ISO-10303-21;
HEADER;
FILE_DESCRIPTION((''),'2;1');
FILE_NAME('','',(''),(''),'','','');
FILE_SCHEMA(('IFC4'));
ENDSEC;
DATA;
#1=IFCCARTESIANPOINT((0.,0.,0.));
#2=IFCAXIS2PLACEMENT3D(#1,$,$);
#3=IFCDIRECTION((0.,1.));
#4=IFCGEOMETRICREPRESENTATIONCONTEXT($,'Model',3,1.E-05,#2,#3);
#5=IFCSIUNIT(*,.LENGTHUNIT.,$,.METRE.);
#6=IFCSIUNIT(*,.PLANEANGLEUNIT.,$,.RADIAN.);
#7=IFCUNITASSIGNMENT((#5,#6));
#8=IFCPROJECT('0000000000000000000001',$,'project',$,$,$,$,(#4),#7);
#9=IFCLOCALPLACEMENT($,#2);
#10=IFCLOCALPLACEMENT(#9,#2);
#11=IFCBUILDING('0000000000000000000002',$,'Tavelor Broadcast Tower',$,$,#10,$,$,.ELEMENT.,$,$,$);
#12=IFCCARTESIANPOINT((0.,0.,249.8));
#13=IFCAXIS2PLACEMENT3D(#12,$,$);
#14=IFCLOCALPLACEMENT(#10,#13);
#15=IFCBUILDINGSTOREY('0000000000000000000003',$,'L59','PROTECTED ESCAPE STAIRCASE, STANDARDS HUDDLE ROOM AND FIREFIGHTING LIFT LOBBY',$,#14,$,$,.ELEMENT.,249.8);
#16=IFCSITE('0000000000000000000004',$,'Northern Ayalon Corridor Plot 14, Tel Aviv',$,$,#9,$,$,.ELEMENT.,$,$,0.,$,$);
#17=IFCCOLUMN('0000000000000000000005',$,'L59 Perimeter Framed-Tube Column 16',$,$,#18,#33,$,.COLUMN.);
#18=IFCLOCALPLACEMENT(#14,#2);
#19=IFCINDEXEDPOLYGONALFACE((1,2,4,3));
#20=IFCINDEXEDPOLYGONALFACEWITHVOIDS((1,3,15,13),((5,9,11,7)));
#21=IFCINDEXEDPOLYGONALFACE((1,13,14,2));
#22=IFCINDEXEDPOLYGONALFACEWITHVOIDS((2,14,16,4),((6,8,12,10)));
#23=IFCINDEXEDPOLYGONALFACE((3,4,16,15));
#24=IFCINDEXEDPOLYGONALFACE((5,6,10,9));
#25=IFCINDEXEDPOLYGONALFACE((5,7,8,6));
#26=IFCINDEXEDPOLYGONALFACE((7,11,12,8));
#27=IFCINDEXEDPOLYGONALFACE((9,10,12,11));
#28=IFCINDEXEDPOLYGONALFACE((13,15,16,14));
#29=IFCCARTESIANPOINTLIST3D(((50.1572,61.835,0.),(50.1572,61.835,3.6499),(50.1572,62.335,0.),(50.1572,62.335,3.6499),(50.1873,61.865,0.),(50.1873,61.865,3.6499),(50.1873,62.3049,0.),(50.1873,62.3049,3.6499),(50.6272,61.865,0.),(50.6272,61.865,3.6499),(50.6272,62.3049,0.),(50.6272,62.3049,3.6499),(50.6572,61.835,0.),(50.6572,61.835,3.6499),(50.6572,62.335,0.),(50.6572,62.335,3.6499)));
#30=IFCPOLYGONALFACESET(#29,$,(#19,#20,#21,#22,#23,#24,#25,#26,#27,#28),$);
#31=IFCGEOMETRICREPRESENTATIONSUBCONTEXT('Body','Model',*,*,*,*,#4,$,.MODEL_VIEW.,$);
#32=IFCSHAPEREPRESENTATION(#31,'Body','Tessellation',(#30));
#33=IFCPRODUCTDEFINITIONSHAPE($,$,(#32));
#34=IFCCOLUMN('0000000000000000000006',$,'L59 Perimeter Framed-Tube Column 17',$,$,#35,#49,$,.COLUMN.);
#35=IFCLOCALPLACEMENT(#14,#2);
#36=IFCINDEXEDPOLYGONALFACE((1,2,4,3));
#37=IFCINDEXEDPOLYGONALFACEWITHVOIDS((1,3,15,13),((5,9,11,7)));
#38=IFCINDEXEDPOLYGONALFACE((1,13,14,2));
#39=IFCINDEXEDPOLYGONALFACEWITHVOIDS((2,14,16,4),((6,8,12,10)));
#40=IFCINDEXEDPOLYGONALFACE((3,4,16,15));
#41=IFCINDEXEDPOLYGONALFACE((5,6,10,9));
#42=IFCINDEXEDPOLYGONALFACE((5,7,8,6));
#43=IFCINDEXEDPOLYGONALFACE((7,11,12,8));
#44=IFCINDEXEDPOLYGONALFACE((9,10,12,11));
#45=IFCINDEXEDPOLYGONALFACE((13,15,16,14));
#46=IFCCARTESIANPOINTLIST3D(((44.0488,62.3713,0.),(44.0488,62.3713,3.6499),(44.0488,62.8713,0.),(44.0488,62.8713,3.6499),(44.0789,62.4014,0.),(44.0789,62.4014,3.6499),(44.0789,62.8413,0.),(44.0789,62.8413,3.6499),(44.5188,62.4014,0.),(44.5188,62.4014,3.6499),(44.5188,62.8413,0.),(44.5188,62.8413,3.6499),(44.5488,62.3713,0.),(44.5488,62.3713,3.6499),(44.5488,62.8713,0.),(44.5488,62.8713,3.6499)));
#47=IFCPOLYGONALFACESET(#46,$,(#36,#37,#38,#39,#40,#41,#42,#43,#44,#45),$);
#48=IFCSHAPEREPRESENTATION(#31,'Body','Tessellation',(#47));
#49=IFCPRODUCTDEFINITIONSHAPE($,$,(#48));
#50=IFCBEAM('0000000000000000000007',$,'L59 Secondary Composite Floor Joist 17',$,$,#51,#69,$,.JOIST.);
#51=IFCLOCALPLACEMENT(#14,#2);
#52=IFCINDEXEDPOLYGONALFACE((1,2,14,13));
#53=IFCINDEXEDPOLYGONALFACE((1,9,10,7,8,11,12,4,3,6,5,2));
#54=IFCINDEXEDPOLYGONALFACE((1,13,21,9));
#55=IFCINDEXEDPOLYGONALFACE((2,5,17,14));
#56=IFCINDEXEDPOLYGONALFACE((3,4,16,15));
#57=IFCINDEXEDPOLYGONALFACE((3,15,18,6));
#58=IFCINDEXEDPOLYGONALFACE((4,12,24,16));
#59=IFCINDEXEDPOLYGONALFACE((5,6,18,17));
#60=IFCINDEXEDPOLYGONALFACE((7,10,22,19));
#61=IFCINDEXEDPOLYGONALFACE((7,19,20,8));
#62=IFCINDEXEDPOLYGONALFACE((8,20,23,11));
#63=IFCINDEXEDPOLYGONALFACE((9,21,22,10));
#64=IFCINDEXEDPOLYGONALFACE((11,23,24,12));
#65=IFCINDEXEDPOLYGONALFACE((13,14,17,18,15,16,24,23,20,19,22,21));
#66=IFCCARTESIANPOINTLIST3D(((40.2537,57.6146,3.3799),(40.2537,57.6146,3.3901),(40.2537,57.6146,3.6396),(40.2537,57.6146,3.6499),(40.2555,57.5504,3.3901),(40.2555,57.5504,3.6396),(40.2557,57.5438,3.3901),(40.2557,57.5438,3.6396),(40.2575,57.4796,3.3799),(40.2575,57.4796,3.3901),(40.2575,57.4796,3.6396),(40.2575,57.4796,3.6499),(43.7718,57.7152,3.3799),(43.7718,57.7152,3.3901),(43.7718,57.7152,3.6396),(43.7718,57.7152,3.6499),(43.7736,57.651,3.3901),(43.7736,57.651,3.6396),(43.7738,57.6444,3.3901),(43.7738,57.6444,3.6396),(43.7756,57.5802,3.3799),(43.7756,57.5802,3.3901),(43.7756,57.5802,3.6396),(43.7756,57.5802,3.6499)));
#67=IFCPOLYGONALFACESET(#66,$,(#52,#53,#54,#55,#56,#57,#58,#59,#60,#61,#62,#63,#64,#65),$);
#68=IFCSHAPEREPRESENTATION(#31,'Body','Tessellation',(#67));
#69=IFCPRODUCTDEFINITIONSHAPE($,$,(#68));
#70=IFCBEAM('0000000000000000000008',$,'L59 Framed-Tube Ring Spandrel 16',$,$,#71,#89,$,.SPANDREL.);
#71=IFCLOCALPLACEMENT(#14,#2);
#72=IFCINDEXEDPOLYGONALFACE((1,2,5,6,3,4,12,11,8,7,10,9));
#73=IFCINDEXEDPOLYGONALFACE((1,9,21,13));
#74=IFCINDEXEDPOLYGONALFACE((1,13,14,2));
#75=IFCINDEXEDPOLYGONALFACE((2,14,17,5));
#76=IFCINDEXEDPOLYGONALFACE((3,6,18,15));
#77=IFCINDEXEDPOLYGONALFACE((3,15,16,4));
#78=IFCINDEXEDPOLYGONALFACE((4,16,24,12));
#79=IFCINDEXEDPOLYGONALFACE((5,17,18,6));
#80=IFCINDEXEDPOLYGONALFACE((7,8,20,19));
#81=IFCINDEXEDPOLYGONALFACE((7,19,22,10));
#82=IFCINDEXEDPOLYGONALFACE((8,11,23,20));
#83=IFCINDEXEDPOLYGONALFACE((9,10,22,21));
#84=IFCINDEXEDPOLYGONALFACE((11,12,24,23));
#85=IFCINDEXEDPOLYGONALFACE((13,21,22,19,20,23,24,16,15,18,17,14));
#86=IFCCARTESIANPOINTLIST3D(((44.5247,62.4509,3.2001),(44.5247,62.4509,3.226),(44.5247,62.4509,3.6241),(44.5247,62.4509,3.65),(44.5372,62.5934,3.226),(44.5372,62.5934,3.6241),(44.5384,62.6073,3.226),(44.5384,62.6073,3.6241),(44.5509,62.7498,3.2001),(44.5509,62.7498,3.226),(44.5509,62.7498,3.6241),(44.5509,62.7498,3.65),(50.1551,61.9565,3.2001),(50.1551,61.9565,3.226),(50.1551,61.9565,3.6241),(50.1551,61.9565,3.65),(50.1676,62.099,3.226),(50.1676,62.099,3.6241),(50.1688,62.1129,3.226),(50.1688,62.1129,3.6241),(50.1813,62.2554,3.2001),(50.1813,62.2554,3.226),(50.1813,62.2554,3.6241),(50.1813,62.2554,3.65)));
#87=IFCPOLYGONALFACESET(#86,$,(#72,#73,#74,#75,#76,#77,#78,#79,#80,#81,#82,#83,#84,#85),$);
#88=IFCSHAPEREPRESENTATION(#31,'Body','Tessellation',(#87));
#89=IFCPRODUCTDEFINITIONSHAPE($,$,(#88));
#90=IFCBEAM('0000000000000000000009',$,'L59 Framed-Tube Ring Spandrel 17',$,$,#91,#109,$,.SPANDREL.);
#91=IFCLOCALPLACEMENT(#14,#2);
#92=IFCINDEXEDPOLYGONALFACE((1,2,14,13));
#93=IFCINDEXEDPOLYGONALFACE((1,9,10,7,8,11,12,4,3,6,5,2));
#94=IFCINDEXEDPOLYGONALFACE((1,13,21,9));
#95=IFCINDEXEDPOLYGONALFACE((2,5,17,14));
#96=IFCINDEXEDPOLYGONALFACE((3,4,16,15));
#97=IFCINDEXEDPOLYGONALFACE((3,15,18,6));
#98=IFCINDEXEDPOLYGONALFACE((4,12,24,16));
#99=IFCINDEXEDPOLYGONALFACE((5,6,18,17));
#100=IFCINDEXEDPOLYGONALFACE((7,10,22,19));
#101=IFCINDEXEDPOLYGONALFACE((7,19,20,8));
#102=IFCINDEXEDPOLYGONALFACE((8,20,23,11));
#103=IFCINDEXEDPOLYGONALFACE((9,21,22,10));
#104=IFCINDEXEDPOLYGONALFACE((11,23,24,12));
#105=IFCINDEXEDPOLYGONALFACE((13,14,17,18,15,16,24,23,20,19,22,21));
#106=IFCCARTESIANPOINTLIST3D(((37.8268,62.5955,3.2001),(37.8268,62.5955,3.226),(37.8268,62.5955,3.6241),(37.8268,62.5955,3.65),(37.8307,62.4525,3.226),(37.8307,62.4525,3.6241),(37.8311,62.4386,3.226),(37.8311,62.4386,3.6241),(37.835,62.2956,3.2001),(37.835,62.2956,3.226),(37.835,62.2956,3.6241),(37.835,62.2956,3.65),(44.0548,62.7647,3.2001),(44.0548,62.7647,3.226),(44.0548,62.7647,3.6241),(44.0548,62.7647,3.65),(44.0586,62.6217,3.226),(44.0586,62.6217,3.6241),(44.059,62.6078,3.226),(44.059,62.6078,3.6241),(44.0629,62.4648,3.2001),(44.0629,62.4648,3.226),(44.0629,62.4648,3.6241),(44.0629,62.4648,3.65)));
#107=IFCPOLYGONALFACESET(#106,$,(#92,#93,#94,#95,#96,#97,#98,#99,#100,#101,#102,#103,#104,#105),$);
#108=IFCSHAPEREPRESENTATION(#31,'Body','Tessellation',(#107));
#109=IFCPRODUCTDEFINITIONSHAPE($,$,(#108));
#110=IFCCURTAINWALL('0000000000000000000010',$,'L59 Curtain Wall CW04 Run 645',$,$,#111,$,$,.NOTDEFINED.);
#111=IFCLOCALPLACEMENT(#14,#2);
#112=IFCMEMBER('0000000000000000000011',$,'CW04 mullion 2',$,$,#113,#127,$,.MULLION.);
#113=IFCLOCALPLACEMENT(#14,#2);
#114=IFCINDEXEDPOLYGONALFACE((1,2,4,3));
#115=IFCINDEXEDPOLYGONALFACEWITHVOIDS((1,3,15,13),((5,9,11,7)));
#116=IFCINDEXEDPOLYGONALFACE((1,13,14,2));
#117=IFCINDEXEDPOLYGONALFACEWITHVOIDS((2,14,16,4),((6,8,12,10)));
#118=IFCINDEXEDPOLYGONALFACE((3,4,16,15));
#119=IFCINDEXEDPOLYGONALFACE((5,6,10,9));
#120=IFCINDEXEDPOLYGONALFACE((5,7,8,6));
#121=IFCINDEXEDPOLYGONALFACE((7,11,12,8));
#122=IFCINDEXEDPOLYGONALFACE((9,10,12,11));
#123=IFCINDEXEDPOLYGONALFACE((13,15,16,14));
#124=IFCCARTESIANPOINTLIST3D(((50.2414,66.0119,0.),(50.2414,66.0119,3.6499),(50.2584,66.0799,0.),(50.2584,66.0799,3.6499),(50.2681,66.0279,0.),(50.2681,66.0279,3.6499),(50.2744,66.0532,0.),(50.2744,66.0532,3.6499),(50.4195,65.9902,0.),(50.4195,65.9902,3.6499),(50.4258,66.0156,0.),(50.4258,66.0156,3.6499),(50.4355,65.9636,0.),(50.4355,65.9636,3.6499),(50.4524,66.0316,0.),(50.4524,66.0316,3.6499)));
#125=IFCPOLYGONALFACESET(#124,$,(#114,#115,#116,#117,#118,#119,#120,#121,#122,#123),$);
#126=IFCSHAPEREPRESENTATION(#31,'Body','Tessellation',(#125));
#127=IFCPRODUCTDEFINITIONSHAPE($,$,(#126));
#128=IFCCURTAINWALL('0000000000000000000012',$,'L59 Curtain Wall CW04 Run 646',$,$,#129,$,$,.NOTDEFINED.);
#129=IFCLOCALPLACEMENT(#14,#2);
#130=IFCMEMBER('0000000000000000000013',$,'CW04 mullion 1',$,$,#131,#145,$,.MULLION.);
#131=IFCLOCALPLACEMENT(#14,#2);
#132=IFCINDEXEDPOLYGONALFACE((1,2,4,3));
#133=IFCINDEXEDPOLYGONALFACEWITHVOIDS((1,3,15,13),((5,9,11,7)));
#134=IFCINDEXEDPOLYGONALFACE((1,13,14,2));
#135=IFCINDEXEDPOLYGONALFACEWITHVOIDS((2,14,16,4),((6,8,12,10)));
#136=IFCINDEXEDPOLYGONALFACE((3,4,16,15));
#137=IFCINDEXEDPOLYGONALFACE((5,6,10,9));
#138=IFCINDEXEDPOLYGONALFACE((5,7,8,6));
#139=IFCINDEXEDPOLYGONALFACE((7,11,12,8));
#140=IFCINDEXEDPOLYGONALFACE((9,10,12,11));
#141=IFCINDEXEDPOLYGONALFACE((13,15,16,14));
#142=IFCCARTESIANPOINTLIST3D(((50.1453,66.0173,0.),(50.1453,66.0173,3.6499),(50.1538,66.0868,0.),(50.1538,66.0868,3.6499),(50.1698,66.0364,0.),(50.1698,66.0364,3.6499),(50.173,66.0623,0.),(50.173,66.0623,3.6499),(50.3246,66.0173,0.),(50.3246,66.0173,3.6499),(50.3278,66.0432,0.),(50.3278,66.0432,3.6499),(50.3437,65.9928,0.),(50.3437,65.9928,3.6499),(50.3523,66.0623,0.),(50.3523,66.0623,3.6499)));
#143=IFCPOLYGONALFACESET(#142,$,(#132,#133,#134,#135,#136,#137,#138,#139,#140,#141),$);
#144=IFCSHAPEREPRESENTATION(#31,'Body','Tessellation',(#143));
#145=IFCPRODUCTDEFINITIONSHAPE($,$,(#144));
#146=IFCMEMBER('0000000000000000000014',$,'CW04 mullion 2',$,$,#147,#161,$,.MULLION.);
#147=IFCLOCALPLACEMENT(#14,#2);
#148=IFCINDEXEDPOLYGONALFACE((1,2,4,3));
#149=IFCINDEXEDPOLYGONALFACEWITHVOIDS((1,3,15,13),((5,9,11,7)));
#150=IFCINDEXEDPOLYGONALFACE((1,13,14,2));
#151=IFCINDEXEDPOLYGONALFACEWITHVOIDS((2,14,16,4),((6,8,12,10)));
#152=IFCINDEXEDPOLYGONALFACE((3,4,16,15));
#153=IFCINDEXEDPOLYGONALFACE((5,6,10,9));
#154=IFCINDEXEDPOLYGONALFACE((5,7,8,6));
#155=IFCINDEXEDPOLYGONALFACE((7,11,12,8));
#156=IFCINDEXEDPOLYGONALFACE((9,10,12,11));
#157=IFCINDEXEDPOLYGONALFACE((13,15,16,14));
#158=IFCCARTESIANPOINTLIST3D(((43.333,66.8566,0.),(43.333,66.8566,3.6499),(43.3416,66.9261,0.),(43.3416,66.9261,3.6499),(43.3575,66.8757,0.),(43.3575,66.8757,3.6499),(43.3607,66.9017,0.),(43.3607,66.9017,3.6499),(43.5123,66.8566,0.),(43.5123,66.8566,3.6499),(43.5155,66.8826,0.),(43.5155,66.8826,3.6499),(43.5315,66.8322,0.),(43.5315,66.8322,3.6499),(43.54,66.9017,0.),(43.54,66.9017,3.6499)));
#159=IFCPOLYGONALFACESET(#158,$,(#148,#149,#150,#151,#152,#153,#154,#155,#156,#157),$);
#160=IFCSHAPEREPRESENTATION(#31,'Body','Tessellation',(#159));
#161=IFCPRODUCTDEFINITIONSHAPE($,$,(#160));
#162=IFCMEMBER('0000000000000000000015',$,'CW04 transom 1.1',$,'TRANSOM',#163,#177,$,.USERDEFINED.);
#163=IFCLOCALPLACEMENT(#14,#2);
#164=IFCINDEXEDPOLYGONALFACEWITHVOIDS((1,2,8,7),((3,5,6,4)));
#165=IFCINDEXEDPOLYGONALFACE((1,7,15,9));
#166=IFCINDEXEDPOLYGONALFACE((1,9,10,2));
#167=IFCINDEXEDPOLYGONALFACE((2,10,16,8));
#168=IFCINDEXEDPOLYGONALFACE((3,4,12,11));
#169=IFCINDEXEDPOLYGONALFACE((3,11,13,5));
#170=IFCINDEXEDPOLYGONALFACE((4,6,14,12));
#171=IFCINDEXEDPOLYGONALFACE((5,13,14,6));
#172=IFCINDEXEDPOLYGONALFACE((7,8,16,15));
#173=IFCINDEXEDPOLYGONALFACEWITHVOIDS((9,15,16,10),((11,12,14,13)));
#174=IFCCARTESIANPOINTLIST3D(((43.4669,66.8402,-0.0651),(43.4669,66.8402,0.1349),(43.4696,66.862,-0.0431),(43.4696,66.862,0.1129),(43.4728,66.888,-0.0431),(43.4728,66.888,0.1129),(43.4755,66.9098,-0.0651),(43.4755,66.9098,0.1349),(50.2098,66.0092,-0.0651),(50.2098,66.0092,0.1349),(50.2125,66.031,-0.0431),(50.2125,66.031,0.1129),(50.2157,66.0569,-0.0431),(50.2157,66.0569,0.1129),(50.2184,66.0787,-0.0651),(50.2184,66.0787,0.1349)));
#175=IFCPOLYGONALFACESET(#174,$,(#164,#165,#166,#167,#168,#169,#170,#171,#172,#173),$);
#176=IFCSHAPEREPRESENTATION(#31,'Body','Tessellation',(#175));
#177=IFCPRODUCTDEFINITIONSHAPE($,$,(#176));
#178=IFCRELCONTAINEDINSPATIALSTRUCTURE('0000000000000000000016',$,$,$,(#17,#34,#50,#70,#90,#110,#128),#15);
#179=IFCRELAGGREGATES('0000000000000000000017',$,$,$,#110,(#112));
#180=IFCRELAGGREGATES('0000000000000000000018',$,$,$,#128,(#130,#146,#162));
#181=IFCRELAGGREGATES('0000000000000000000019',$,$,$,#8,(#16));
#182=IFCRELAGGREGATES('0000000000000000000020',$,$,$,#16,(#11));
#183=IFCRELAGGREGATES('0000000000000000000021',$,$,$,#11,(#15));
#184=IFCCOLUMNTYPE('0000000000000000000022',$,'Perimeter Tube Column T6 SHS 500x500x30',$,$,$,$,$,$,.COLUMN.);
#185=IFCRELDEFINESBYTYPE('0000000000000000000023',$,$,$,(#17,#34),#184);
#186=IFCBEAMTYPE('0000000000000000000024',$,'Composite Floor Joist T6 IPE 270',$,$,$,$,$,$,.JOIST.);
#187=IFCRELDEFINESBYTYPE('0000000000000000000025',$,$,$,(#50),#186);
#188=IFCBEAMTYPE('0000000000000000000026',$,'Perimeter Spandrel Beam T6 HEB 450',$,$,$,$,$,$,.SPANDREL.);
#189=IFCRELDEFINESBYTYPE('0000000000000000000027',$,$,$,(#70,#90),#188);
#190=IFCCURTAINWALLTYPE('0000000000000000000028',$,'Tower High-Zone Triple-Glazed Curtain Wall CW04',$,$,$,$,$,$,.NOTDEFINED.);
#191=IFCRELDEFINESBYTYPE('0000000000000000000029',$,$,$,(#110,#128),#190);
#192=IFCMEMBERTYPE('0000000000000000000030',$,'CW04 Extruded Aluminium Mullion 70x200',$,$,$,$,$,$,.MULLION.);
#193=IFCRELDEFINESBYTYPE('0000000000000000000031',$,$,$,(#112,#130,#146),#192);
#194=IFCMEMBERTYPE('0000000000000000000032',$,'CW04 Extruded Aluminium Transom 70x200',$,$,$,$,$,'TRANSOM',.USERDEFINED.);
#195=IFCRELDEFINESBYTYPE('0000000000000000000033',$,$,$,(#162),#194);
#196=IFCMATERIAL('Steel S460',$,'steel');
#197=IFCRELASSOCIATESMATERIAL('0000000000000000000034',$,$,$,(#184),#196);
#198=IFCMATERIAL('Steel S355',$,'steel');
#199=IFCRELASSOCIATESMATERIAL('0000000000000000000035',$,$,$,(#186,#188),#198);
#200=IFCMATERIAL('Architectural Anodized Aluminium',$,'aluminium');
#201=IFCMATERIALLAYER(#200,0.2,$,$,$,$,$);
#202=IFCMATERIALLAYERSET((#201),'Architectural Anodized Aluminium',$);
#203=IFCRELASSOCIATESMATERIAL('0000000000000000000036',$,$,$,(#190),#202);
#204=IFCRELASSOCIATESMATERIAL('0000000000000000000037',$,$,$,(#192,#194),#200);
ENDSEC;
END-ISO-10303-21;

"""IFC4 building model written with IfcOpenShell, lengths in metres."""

from ifc_helpers import new_model, si_unit, direction, frame, origin, origin_2d, place, context, subcontext, project, spatial, hollow_rectangle, i_section, extrude, source, transform, mapped, material, layer, layer_set, material_profile, profile_set, type_object, type_shapes, element, aggregate, save


model = new_model("IFC4")

# Units and contexts
model_context = context("Model", 3, precision=1e-05, world=origin(), true_north=direction((0.0, 1.0)))
body_context = subcontext(model_context, "Body", "Model", "MODEL_VIEW")
ifc_project = project(units=[si_unit("LENGTHUNIT", "METRE"), si_unit("PLANEANGLEUNIT", "RADIAN")], contexts=[model_context])

# Site, building, storey
site_placement = place(None, origin())
site = spatial("IfcSite", under=ifc_project, at=site_placement, Name="Northern Ayalon Corridor Plot 14, Tel Aviv", CompositionType="ELEMENT", RefElevation=0.0)
building_placement = place(site_placement, origin())
building = spatial("IfcBuilding", under=site, at=building_placement, Name="Tavelor Broadcast Tower", CompositionType="ELEMENT")
storey_placement = place(building_placement, frame((0.0, 0.0, 249.8)))
storey = spatial("IfcBuildingStorey", under=building, at=storey_placement, Name="L59", Description="PROTECTED ESCAPE STAIRCASE, STANDARDS HUDDLE ROOM AND FIREFIGHTING LIFT LOBBY", CompositionType="ELEMENT", Elevation=249.8)

# Columns
ifc_material_1 = material(Name="Steel S460", Category="steel")
ifc_material_profile_1 = material_profile(ifc_material_1, hollow_rectangle(XDim=0.5, YDim=0.5, WallThickness=0.03, at=origin_2d()), Name="SHS 500x500x30")
ifc_profile_set_1 = profile_set([ifc_material_profile_1], Name="Steel S460")
column_type = type_object("IfcColumnType", Name="Perimeter Tube Column T6 SHS 500x500x30", PredefinedType="COLUMN", material=ifc_profile_set_1)
for number, where, z_axis, x_axis, name in (
    (1, (50.4072, 62.085, 0.0), (0.0, 0.0, 1.0), (1.0, 0.0, 0.0), "L59 Perimeter Framed-Tube Column 16"),
    (2, (44.2988, 62.6213, 0.0), (0.0, 0.0, 1.0), (1.0, 0.0, 0.0), "L59 Perimeter Framed-Tube Column 17"),
):
    element("IfcColumn", number, at=place(storey_placement, frame(where, z_axis=z_axis, x_axis=x_axis)), inside=storey, type_object=column_type, Name=name, PredefinedType="COLUMN", context=body_context, shape_type="SweptSolid", body=[
        extrude(hollow_rectangle(XDim=0.5, YDim=0.5, WallThickness=0.03, at=origin_2d()), origin(), (0.0, 0.0, 1.0), 3.6499),
    ])

# Beams
ifc_material_2 = material(Name="Steel S355", Category="steel")
ifc_material_profile_2 = material_profile(ifc_material_2, i_section(OverallWidth=0.135, OverallDepth=0.27, WebThickness=0.0066, FlangeThickness=0.0103, at=origin_2d()), Name="IPE 270")
ifc_profile_set_2 = profile_set([ifc_material_profile_2], Name="Steel S355")
beam_type_1 = type_object("IfcBeamType", Name="Composite Floor Joist T6 IPE 270", PredefinedType="JOIST", material=ifc_profile_set_2)
beam_1_placement = place(storey_placement, frame((43.7737, 57.6477, 3.5149), z_axis=(-0.999592, -0.02858, 0.0), x_axis=(0.02858, -0.999592, 0.0)))
element("IfcBeam", 3, at=beam_1_placement, inside=storey, type_object=beam_type_1, Name="L59 Secondary Composite Floor Joist 17", PredefinedType="JOIST", context=body_context, shape_type="SweptSolid", body=[
    extrude(i_section(OverallWidth=0.135, OverallDepth=0.27, WebThickness=0.0066, FlangeThickness=0.0103, at=origin_2d()), origin(), (0.0, 0.0, 1.0), 3.5195),
])
ifc_material_profile_3 = material_profile(ifc_material_2, i_section(OverallWidth=0.3, OverallDepth=0.45, WebThickness=0.0139, FlangeThickness=0.0259, at=origin_2d()), Name="HEB 450")
ifc_profile_set_3 = profile_set([ifc_material_profile_3], Name="Steel S355")
beam_type_2 = type_object("IfcBeamType", Name="Perimeter Spandrel Beam T6 HEB 450", PredefinedType="SPANDREL", material=ifc_profile_set_3)
beam_2_placement = place(storey_placement, frame((50.1682, 62.106, 3.425), z_axis=(-0.996167, 0.08747, 0.0), x_axis=(-0.08747, -0.996167, 0.0)))
element("IfcBeam", 4, at=beam_2_placement, inside=storey, type_object=beam_type_2, Name="L59 Framed-Tube Ring Spandrel 16", PredefinedType="SPANDREL", context=body_context, shape_type="SweptSolid", body=[
    extrude(i_section(OverallWidth=0.3, OverallDepth=0.45, WebThickness=0.0139, FlangeThickness=0.0259, at=origin_2d()), origin(), (0.0, 0.0, 1.0), 5.6521),
])
beam_3_placement = place(storey_placement, frame((44.0588, 62.6147, 3.425), z_axis=(-0.999631, -0.027156, 0.0), x_axis=(0.027156, -0.999631, 0.0)))
element("IfcBeam", 5, at=beam_3_placement, inside=storey, type_object=beam_type_2, Name="L59 Framed-Tube Ring Spandrel 17", PredefinedType="SPANDREL", context=body_context, shape_type="SweptSolid", body=[
    extrude(i_section(OverallWidth=0.3, OverallDepth=0.45, WebThickness=0.0139, FlangeThickness=0.0259, at=origin_2d()), origin(), (0.0, 0.0, 1.0), 6.2302),
])

# Curtain wall, member
ifc_material_3 = material(Name="Architectural Anodized Aluminium", Category="aluminium")
ifc_layer_1 = layer(ifc_material_3, 0.2)
ifc_layer_set_1 = layer_set([ifc_layer_1], Name="Architectural Anodized Aluminium")
curtain_wall_type = type_object("IfcCurtainWallType", Name="Tower High-Zone Triple-Glazed Curtain Wall CW04", PredefinedType="NOTDEFINED", material=ifc_layer_set_1)
curtain_wall_1_placement = place(storey_placement, origin())
curtain_wall_1 = element("IfcCurtainWall", 6, at=curtain_wall_1_placement, inside=storey, type_object=curtain_wall_type, Name="L59 Curtain Wall CW04 Run 645", PredefinedType="NOTDEFINED")
ifc_material_profile_4 = material_profile(ifc_material_3, hollow_rectangle(XDim=0.0701, YDim=0.2, WallThickness=0.022, at=origin_2d()), Name="RHS 70x200x22")
ifc_profile_set_4 = profile_set([ifc_material_profile_4], Name="Architectural Anodized Aluminium")
member_type_1 = type_object("IfcMemberType", Name="CW04 Extruded Aluminium Mullion 70x200", PredefinedType="MULLION", material=ifc_profile_set_4)
shared_shape_1 = source(origin(), body_context, "Body", "SweptSolid", [
    extrude(hollow_rectangle(XDim=0.0701, YDim=0.2, WallThickness=0.022, at=origin_2d()), origin(), (0.0, 0.0, 1.0), 3.6499),
])
type_shapes(member_type_1, [shared_shape_1])
member_1_placement = place(storey_placement, frame((50.3469, 66.0217, 0.0), z_axis=(0.0, 0.0, 1.0), x_axis=(-0.241506, -0.970399, 0.0)))
member_1 = element("IfcMember", 7, at=member_1_placement, type_object=member_type_1, Name="CW04 mullion 2", PredefinedType="MULLION", context=body_context, shape_type="MappedRepresentation", body=[
    mapped(shared_shape_1, transform((0.0, 0.0, 0.0), scale=1.0)),
])

# Curtain wall, members
curtain_wall_2_placement = place(storey_placement, origin())
curtain_wall_2 = element("IfcCurtainWall", 8, at=curtain_wall_2_placement, inside=storey, type_object=curtain_wall_type, Name="L59 Curtain Wall CW04 Run 646", PredefinedType="NOTDEFINED")
member_2_placement = place(storey_placement, frame((50.2488, 66.0398, 0.0), z_axis=(0.0, 0.0, 1.0), x_axis=(-0.122299, -0.992493, 0.0)))
member_2 = element("IfcMember", 9, at=member_2_placement, type_object=member_type_1, Name="CW04 mullion 1", PredefinedType="MULLION", context=body_context, shape_type="MappedRepresentation", body=[
    mapped(shared_shape_1, transform((0.0, 0.0, 0.0), scale=1.0)),
])
member_3_placement = place(storey_placement, frame((43.4365, 66.8792, 0.0), z_axis=(0.0, 0.0, 1.0), x_axis=(-0.122299, -0.992493, 0.0)))
member_3 = element("IfcMember", 10, at=member_3_placement, type_object=member_type_1, Name="CW04 mullion 2", PredefinedType="MULLION", context=body_context, shape_type="MappedRepresentation", body=[
    mapped(shared_shape_1, transform((0.0, 0.0, 0.0), scale=1.0)),
])
ifc_material_profile_5 = material_profile(ifc_material_3, hollow_rectangle(XDim=0.0701, YDim=0.2, WallThickness=0.022, at=origin_2d()), Name="RHS 70x200x22")
ifc_profile_set_5 = profile_set([ifc_material_profile_5], Name="Architectural Anodized Aluminium")
member_type_2 = type_object("IfcMemberType", Name="CW04 Extruded Aluminium Transom 70x200", ElementType="TRANSOM", PredefinedType="USERDEFINED", material=ifc_profile_set_5)
shared_shape_2 = source(origin(), body_context, "Body", "SweptSolid", [
    extrude(hollow_rectangle(XDim=0.0701, YDim=0.2, WallThickness=0.022, at=origin_2d()), origin(), (0.0, 0.0, 1.0), 6.7939),
])
type_shapes(member_type_2, [shared_shape_2])
member_4_placement = place(storey_placement, frame((50.2141, 66.0439, 0.0349), z_axis=(-0.99249, 0.122323, 0.0), x_axis=(-0.122323, -0.99249, 0.0)))
member_4 = element("IfcMember", 11, at=member_4_placement, type_object=member_type_2, Name="CW04 transom 1.1", ObjectType="TRANSOM", PredefinedType="USERDEFINED", context=body_context, shape_type="MappedRepresentation", body=[
    mapped(shared_shape_2, transform((0.0, 0.0, 0.0), scale=1.0)),
])

aggregate(curtain_wall_1, [member_1])
aggregate(curtain_wall_2, [member_2, member_3, member_4])

save(model, "model.ifc")
